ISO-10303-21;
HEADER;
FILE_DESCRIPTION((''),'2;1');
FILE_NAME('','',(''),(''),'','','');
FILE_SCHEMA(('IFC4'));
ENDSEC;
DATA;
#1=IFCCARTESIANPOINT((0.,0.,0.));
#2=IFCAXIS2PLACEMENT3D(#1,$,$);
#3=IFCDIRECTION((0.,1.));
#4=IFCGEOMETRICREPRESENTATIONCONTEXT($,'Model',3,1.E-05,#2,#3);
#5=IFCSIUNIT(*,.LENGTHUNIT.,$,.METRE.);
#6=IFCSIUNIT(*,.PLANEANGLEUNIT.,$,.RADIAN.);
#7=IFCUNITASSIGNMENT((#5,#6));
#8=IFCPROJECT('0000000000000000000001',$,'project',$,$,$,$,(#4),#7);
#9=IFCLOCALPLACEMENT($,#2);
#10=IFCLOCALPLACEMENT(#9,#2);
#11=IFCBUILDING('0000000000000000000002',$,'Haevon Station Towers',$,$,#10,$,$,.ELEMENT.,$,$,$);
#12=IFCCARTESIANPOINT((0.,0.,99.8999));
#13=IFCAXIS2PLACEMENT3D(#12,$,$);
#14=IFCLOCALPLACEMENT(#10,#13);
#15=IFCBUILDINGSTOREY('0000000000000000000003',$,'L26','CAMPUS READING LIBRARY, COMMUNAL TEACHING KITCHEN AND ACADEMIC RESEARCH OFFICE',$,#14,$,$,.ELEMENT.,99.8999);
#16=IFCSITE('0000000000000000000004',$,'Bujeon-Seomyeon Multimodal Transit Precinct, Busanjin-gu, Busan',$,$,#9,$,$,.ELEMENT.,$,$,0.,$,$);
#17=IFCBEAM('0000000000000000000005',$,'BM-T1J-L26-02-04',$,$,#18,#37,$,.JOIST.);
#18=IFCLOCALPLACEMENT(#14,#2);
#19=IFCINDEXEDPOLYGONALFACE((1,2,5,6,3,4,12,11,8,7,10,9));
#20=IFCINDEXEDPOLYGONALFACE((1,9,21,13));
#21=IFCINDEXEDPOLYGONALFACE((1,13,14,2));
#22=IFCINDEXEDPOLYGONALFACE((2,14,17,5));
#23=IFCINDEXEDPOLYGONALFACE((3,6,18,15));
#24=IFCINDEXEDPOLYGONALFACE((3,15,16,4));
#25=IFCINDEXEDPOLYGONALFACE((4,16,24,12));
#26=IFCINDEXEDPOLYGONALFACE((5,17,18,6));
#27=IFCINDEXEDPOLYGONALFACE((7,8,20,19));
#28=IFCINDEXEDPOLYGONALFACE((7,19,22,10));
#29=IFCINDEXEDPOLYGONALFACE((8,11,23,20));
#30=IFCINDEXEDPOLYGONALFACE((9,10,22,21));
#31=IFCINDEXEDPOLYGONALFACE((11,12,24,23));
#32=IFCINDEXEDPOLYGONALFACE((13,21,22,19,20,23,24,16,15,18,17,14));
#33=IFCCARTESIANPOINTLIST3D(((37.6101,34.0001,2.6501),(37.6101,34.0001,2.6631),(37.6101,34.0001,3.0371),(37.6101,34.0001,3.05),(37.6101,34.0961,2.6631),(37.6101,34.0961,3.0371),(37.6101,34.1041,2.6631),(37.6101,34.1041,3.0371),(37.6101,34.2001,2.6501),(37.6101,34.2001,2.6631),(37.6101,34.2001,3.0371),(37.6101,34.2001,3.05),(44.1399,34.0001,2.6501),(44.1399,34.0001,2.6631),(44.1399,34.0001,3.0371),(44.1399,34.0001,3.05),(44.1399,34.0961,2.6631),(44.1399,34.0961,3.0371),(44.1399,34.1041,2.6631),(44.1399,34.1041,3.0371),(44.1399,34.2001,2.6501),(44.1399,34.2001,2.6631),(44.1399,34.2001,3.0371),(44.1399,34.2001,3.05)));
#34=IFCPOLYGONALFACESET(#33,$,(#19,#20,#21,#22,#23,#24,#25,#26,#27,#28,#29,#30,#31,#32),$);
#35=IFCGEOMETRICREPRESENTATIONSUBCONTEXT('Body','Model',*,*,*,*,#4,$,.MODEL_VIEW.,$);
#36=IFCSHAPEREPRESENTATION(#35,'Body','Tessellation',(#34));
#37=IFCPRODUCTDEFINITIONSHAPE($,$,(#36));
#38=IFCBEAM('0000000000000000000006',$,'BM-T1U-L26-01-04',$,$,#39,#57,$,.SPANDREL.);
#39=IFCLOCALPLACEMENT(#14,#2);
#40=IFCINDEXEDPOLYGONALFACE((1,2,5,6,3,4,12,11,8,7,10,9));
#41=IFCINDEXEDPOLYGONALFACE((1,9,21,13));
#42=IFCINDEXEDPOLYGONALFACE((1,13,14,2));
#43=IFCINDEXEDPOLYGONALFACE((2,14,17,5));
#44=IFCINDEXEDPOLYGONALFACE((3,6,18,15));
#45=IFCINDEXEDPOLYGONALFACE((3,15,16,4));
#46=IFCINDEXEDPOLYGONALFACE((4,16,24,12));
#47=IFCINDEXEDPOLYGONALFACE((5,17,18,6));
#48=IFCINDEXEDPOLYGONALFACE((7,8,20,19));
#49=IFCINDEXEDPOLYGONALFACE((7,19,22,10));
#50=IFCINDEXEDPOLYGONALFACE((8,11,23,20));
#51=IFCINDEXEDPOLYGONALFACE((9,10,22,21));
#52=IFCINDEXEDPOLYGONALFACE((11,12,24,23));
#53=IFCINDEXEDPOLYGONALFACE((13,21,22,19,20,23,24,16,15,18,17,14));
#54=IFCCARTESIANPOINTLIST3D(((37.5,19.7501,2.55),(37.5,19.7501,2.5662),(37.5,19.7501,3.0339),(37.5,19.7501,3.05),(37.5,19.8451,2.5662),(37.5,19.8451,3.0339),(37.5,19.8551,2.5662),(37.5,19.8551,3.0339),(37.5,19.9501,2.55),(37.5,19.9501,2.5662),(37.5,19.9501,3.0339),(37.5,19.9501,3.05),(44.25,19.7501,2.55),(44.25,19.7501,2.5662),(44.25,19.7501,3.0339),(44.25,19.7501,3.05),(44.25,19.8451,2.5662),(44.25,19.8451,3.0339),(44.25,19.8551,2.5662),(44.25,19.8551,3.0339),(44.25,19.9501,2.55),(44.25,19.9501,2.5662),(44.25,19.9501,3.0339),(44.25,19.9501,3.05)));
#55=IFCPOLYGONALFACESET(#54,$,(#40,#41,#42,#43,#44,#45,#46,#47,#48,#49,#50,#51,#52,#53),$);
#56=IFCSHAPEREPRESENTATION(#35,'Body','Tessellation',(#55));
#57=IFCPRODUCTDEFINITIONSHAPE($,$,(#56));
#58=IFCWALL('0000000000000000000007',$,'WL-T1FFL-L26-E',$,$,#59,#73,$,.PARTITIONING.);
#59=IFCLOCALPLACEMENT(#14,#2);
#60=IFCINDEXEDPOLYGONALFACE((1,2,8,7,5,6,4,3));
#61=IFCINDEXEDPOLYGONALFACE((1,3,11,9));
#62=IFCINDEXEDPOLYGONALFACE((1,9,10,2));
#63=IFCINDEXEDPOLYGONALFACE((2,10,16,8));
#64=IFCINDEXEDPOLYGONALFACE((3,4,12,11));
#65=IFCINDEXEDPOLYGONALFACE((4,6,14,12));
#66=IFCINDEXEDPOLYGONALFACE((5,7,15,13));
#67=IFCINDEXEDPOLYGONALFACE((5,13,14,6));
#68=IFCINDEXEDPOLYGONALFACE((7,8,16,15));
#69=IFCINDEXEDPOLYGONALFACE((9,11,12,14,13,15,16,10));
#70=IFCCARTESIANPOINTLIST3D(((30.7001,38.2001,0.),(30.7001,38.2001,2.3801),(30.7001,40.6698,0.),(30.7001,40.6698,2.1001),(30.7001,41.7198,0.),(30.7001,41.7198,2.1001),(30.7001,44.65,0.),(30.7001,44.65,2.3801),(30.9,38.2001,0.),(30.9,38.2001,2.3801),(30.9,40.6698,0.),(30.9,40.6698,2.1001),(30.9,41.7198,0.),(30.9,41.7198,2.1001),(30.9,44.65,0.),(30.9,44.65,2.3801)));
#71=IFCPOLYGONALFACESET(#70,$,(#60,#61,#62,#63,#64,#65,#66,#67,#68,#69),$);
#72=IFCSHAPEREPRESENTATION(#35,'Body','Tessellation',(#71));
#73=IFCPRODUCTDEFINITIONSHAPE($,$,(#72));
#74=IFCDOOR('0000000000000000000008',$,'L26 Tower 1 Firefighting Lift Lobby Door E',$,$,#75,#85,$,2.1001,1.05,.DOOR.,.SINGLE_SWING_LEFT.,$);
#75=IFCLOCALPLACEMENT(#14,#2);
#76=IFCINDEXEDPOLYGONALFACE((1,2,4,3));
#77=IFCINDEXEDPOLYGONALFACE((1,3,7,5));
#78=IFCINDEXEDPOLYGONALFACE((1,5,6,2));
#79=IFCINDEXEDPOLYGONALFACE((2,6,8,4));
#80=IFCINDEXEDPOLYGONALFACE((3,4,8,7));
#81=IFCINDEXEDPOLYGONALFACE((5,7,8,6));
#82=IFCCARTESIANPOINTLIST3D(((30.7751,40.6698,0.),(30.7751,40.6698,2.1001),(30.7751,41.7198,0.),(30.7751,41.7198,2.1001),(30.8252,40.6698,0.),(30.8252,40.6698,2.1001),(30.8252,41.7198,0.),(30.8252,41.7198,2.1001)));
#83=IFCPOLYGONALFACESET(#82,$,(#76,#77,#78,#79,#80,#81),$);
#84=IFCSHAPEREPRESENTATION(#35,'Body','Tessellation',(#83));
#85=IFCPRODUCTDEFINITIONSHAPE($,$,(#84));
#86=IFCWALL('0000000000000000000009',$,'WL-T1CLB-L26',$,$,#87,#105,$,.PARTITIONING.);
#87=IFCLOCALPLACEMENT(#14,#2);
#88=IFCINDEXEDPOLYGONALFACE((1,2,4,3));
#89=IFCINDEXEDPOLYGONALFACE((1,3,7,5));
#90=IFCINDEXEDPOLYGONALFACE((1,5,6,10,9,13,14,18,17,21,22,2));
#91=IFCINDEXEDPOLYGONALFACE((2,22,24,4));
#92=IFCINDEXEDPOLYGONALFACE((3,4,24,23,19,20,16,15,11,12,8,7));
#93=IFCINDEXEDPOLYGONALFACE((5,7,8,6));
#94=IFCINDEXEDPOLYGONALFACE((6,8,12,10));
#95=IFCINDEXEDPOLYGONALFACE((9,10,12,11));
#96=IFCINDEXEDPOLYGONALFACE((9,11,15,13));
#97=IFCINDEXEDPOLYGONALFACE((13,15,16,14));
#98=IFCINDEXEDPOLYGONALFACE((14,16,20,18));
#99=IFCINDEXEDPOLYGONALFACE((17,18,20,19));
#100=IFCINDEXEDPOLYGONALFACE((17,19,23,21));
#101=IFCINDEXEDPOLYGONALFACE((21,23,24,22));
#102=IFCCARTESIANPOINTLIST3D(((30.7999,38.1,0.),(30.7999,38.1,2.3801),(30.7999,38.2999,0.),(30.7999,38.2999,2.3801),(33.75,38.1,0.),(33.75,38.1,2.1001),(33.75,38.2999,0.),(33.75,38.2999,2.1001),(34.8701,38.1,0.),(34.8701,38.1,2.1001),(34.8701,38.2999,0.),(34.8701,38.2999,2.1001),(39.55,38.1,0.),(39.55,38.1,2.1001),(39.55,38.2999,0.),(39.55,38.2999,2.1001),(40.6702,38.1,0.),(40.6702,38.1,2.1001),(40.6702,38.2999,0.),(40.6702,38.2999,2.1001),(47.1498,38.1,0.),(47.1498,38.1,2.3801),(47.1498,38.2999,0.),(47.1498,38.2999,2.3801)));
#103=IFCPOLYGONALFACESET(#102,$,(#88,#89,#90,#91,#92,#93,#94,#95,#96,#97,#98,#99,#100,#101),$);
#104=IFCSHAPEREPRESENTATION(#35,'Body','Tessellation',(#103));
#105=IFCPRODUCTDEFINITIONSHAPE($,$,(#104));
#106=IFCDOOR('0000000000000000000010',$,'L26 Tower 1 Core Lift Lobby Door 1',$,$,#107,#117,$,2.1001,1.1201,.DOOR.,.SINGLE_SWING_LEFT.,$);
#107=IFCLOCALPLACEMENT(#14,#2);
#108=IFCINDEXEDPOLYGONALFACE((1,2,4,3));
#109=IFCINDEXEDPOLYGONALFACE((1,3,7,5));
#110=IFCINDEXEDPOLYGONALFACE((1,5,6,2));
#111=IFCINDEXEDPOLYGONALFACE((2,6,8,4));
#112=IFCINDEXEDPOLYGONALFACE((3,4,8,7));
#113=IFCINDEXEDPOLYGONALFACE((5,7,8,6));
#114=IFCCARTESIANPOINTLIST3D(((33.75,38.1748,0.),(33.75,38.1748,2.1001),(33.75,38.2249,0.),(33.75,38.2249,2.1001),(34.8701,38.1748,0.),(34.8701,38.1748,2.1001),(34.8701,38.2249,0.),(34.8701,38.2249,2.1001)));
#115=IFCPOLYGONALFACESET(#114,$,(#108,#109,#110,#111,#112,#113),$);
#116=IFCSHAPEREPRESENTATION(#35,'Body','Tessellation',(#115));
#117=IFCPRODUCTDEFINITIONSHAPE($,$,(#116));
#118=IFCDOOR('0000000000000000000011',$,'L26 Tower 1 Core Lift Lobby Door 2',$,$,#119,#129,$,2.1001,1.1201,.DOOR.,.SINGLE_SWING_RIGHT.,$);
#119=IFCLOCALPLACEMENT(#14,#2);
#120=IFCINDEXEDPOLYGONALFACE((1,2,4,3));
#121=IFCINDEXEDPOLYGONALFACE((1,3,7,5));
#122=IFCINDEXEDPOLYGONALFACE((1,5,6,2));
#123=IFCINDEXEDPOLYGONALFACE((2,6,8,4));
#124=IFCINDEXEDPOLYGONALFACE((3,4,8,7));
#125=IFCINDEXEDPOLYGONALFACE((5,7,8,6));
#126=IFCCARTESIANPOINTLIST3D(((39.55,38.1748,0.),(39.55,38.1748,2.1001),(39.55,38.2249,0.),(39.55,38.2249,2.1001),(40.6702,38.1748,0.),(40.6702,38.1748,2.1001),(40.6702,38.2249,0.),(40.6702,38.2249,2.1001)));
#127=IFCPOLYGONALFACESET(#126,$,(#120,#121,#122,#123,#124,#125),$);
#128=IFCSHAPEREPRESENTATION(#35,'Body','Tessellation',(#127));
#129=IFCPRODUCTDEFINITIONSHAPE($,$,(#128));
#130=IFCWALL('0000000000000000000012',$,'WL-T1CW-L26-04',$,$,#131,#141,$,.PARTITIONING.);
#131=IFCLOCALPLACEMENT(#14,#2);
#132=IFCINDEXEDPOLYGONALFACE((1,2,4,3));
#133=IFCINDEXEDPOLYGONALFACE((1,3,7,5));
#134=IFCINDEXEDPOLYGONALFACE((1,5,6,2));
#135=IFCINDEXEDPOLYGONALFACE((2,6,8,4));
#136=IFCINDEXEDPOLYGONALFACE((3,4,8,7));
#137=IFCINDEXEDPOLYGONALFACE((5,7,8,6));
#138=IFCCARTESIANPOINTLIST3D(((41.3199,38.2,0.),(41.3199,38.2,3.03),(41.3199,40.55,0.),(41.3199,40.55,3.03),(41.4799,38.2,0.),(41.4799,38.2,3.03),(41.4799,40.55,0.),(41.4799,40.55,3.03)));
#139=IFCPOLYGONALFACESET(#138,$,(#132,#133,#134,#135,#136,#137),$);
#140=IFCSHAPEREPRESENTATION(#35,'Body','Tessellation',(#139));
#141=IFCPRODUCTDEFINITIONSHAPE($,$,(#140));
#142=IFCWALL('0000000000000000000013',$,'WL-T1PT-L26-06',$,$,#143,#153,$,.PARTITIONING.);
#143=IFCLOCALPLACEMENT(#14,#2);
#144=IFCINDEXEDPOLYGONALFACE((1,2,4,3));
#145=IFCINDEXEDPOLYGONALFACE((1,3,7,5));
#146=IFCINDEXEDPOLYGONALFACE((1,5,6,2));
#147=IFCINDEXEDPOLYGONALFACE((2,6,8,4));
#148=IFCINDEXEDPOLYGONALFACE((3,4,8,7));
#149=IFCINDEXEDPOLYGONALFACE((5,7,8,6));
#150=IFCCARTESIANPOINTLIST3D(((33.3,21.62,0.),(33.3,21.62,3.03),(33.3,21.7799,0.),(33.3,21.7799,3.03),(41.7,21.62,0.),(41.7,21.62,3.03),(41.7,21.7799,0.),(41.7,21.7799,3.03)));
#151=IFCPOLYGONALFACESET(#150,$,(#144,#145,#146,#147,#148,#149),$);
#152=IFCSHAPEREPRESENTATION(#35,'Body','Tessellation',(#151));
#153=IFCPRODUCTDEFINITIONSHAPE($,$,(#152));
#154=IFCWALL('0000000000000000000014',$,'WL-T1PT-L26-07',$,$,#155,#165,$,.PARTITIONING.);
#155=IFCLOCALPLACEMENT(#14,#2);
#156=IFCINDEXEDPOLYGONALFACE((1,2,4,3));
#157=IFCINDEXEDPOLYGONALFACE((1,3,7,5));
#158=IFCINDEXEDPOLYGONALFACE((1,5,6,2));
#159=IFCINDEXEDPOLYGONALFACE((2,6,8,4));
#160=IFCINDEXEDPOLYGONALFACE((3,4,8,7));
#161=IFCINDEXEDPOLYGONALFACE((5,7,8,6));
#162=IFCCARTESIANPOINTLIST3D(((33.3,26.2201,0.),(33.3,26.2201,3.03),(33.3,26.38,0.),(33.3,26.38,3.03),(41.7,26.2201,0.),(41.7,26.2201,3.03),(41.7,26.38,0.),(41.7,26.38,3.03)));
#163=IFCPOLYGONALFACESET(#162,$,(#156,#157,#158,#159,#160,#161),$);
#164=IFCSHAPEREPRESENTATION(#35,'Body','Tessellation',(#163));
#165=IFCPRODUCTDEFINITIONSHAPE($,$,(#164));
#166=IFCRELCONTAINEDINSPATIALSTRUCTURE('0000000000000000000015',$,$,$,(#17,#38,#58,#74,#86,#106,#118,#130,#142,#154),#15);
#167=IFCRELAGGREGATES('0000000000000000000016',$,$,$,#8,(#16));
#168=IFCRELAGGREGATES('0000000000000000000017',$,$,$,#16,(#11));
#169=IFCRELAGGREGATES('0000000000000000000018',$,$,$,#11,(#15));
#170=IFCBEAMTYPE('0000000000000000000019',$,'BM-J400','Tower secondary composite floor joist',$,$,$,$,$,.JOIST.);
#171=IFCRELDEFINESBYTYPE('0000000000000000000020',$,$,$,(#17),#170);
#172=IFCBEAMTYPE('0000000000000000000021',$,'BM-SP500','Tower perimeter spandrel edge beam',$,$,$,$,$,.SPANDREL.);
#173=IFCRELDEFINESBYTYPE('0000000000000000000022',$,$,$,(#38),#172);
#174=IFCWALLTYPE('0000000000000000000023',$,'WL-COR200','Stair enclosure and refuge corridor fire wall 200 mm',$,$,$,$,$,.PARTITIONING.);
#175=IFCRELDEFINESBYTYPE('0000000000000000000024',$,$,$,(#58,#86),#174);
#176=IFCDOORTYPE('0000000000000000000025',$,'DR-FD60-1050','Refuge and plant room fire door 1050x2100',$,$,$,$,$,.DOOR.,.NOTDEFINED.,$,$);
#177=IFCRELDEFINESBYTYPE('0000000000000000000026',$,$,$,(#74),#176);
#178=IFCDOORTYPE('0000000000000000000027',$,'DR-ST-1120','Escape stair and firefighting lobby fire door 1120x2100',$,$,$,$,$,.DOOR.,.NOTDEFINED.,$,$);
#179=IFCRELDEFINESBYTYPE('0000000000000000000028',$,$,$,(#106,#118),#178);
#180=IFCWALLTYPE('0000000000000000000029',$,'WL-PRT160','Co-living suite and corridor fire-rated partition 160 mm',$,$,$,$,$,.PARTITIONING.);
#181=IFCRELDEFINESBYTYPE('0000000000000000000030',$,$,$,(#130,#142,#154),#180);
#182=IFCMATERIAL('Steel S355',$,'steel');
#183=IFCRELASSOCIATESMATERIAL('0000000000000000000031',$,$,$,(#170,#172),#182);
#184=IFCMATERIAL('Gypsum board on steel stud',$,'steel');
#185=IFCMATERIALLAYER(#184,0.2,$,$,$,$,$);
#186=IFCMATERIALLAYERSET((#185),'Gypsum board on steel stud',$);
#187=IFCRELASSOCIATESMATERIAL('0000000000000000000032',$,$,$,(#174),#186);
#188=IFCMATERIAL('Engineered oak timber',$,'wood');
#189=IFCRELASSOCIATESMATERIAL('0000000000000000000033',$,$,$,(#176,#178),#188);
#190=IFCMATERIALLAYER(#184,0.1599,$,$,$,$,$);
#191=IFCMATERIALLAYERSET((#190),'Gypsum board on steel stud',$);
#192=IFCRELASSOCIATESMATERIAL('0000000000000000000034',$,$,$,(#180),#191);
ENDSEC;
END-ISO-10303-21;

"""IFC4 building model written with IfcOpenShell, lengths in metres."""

from ifc_helpers import new_model, si_unit, direction, frame, frame_2d, origin, origin_2d, place, context, subcontext, project, spatial, rectangle, i_section, extrude, material, layer, layer_set, material_profile, profile_set, type_object, element, fill, save


model = new_model("IFC4")

# Units and contexts
model_context = context("Model", 3, precision=1e-05, world=origin(), true_north=direction((0.0, 1.0)))
body_context = subcontext(model_context, "Body", "Model", "MODEL_VIEW")
ifc_project = project(units=[si_unit("LENGTHUNIT", "METRE"), si_unit("PLANEANGLEUNIT", "RADIAN")], contexts=[model_context])

# Site, building, storey
site_placement = place(None, origin())
site = spatial("IfcSite", under=ifc_project, at=site_placement, Name="Bujeon-Seomyeon Multimodal Transit Precinct, Busanjin-gu, Busan", CompositionType="ELEMENT", RefElevation=0.0)
building_placement = place(site_placement, origin())
building = spatial("IfcBuilding", under=site, at=building_placement, Name="Haevon Station Towers", CompositionType="ELEMENT")
storey_placement = place(building_placement, frame((0.0, 0.0, 99.8999)))
storey = spatial("IfcBuildingStorey", under=building, at=storey_placement, Name="L26", Description="CAMPUS READING LIBRARY, COMMUNAL TEACHING KITCHEN AND ACADEMIC RESEARCH OFFICE", CompositionType="ELEMENT", Elevation=99.8999)

# Beams
ifc_material_1 = material(Name="Steel S355", Category="steel")
ifc_material_profile_1 = material_profile(ifc_material_1, i_section(OverallWidth=0.2, OverallDepth=0.3999, WebThickness=0.0081, FlangeThickness=0.0129, at=origin_2d()), Name="H-400x200x8x13")
ifc_profile_set_1 = profile_set([ifc_material_profile_1], Name="Steel S355")
beam_type_1 = type_object("IfcBeamType", Name="BM-J400", Description="Tower secondary composite floor joist", PredefinedType="JOIST", material=ifc_profile_set_1)
for number, where, z_axis, x_axis, name in (
    (1, (37.6101, 34.1001, 2.8501), (1.0, 0.0, 0.0), (0.0, 1.0, 0.0), "BM-T1J-L26-02-04"),
):
    element("IfcBeam", number, at=place(storey_placement, frame(where, z_axis=z_axis, x_axis=x_axis)), inside=storey, type_object=beam_type_1, Name=name, PredefinedType="JOIST", context=body_context, shape_type="SweptSolid", body=[
        extrude(i_section(OverallWidth=0.2, OverallDepth=0.3999, WebThickness=0.0081, FlangeThickness=0.0129, at=origin_2d()), origin(), (0.0, 0.0, 1.0), 6.5298),
    ])
ifc_material_profile_2 = material_profile(ifc_material_1, i_section(OverallWidth=0.2, OverallDepth=0.5, WebThickness=0.01, FlangeThickness=0.0161, at=origin_2d()), Name="H-500x200x10x16")
ifc_profile_set_2 = profile_set([ifc_material_profile_2], Name="Steel S355")
beam_type_2 = type_object("IfcBeamType", Name="BM-SP500", Description="Tower perimeter spandrel edge beam", PredefinedType="SPANDREL", material=ifc_profile_set_2)
beam_1_placement = place(storey_placement, frame((37.5, 19.8501, 2.8), z_axis=(1.0, 0.0, 0.0), x_axis=(0.0, 1.0, 0.0)))
element("IfcBeam", 2, at=beam_1_placement, inside=storey, type_object=beam_type_2, Name="BM-T1U-L26-01-04", PredefinedType="SPANDREL", context=body_context, shape_type="SweptSolid", body=[
    extrude(i_section(OverallWidth=0.2, OverallDepth=0.5, WebThickness=0.01, FlangeThickness=0.0161, at=origin_2d()), origin(), (0.0, 0.0, 1.0), 6.75),
])

# Wall, opening, door
ifc_material_2 = material(Name="Gypsum board on steel stud", Category="steel")
ifc_layer_1 = layer(ifc_material_2, 0.2)
ifc_layer_set_1 = layer_set([ifc_layer_1], Name="Gypsum board on steel stud")
wall_type_1 = type_object("IfcWallType", Name="WL-COR200", Description="Stair enclosure and refuge corridor fire wall 200 mm", PredefinedType="PARTITIONING", material=ifc_layer_set_1)
wall_1_placement = place(storey_placement, frame((30.8, 38.2, 0.0), z_axis=(0.0, 0.0, 1.0), x_axis=(0.0, 1.0, 0.0)))
wall_1 = element("IfcWall", 3, at=wall_1_placement, inside=storey, type_object=wall_type_1, Name="WL-T1FFL-L26-E", PredefinedType="PARTITIONING", context=body_context, shape_type="SweptSolid", body=[
    extrude(rectangle(XDim=6.45, YDim=0.2, at=frame_2d((3.2251, 0.0))), origin(), (0.0, 0.0, 1.0), 2.3801),
])
opening_1_placement = place(wall_1_placement, frame((2.47, 0.0, 0.0)))
opening_1 = element("IfcOpeningElement", 4, at=opening_1_placement, cuts=wall_1, PredefinedType="OPENING", context=body_context, shape_type="SweptSolid", body=[
    extrude(rectangle(XDim=1.05, YDim=2.1001, at=frame_2d((0.5249, 1.05))), frame((0.0, 0.1099, 0.0), z_axis=(0.0, -1.0, 0.0), x_axis=(1.0, 0.0, 0.0)), (0.0, 0.0, 1.0), 0.22),
])
ifc_material_3 = material(Name="Engineered oak timber", Category="wood")
door_type_1 = type_object("IfcDoorType", Name="DR-FD60-1050", Description="Refuge and plant room fire door 1050x2100", OperationType="NOTDEFINED", PredefinedType="DOOR", material=ifc_material_3)
door_1_placement = place(opening_1_placement, origin())
door_1 = element("IfcDoor", 5, at=door_1_placement, inside=storey, type_object=door_type_1, Name="L26 Tower 1 Firefighting Lift Lobby Door E", OperationType="SINGLE_SWING_LEFT", OverallHeight=2.1001, OverallWidth=1.05, PredefinedType="DOOR", context=body_context, shape_type="SweptSolid", body=[
    extrude(rectangle(XDim=1.05, YDim=2.1001, at=frame_2d((0.5249, 1.05))), frame((0.0, 0.0249, 0.0), z_axis=(0.0, -1.0, 0.0), x_axis=(1.0, 0.0, 0.0)), (0.0, 0.0, 1.0), 0.05),
])
fill(opening_1, door_1)

# Wall, openings, doors
wall_2_placement = place(storey_placement, frame((30.8, 38.2, 0.0), z_axis=(0.0, 0.0, 1.0), x_axis=(1.0, 0.0, 0.0)))
wall_2 = element("IfcWall", 6, at=wall_2_placement, inside=storey, type_object=wall_type_1, Name="WL-T1CLB-L26", PredefinedType="PARTITIONING", context=body_context, shape_type="SweptSolid", body=[
    extrude(rectangle(XDim=16.3499, YDim=0.2, at=frame_2d((8.1748, 0.0))), origin(), (0.0, 0.0, 1.0), 2.3801),
])
opening_2_placement = place(wall_2_placement, frame((2.95, 0.0, 0.0)))
opening_2 = element("IfcOpeningElement", 7, at=opening_2_placement, cuts=wall_2, PredefinedType="OPENING", context=body_context, shape_type="SweptSolid", body=[
    extrude(rectangle(XDim=1.1201, YDim=2.1001, at=frame_2d((0.5601, 1.05))), frame((0.0, 0.1099, 0.0), z_axis=(0.0, -1.0, 0.0), x_axis=(1.0, 0.0, 0.0)), (0.0, 0.0, 1.0), 0.22),
])
opening_3_placement = place(wall_2_placement, frame((8.75, 0.0, 0.0)))
opening_3 = element("IfcOpeningElement", 8, at=opening_3_placement, cuts=wall_2, PredefinedType="OPENING", context=body_context, shape_type="SweptSolid", body=[
    extrude(rectangle(XDim=1.1201, YDim=2.1001, at=frame_2d((0.5601, 1.05))), frame((0.0, 0.1099, 0.0), z_axis=(0.0, -1.0, 0.0), x_axis=(1.0, 0.0, 0.0)), (0.0, 0.0, 1.0), 0.22),
])
door_type_2 = type_object("IfcDoorType", Name="DR-ST-1120", Description="Escape stair and firefighting lobby fire door 1120x2100", OperationType="NOTDEFINED", PredefinedType="DOOR", material=ifc_material_3)
door_2_placement = place(opening_2_placement, origin())
door_2 = element("IfcDoor", 9, at=door_2_placement, inside=storey, type_object=door_type_2, Name="L26 Tower 1 Core Lift Lobby Door 1", OperationType="SINGLE_SWING_LEFT", OverallHeight=2.1001, OverallWidth=1.1201, PredefinedType="DOOR", context=body_context, shape_type="SweptSolid", body=[
    extrude(rectangle(XDim=1.1201, YDim=2.1001, at=frame_2d((0.5601, 1.05))), frame((0.0, 0.0249, 0.0), z_axis=(0.0, -1.0, 0.0), x_axis=(1.0, 0.0, 0.0)), (0.0, 0.0, 1.0), 0.05),
])
fill(opening_2, door_2)
door_3_placement = place(opening_3_placement, origin())
door_3 = element("IfcDoor", 10, at=door_3_placement, inside=storey, type_object=door_type_2, Name="L26 Tower 1 Core Lift Lobby Door 2", OperationType="SINGLE_SWING_RIGHT", OverallHeight=2.1001, OverallWidth=1.1201, PredefinedType="DOOR", context=body_context, shape_type="SweptSolid", body=[
    extrude(rectangle(XDim=1.1201, YDim=2.1001, at=frame_2d((0.5601, 1.05))), frame((0.0, 0.0249, 0.0), z_axis=(0.0, -1.0, 0.0), x_axis=(1.0, 0.0, 0.0)), (0.0, 0.0, 1.0), 0.05),
])
fill(opening_3, door_3)

# Walls
ifc_layer_2 = layer(ifc_material_2, 0.1599)
ifc_layer_set_2 = layer_set([ifc_layer_2], Name="Gypsum board on steel stud")
wall_type_2 = type_object("IfcWallType", Name="WL-PRT160", Description="Co-living suite and corridor fire-rated partition 160 mm", PredefinedType="PARTITIONING", material=ifc_layer_set_2)
wall_3_placement = place(storey_placement, frame((41.3999, 38.2, 0.0), z_axis=(0.0, 0.0, 1.0), x_axis=(0.0, 1.0, 0.0)))
element("IfcWall", 11, at=wall_3_placement, inside=storey, type_object=wall_type_2, Name="WL-T1CW-L26-04", PredefinedType="PARTITIONING", context=body_context, shape_type="SweptSolid", body=[
    extrude(rectangle(XDim=2.3501, YDim=0.1599, at=frame_2d((1.175, 0.0))), origin(), (0.0, 0.0, 1.0), 3.03),
])
for number, where, z_axis, x_axis, name in (
    (12, (33.3, 21.7, 0.0), (0.0, 0.0, 1.0), (1.0, 0.0, 0.0), "WL-T1PT-L26-06"),
    (13, (33.3, 26.3, 0.0), (0.0, 0.0, 1.0), (1.0, 0.0, 0.0), "WL-T1PT-L26-07"),
):
    element("IfcWall", number, at=place(storey_placement, frame(where, z_axis=z_axis, x_axis=x_axis)), inside=storey, type_object=wall_type_2, Name=name, PredefinedType="PARTITIONING", context=body_context, shape_type="SweptSolid", body=[
        extrude(rectangle(XDim=8.3999, YDim=0.1599, at=frame_2d((4.2, 0.0))), origin(), (0.0, 0.0, 1.0), 3.03),
    ])

save(model, "model.ifc")
